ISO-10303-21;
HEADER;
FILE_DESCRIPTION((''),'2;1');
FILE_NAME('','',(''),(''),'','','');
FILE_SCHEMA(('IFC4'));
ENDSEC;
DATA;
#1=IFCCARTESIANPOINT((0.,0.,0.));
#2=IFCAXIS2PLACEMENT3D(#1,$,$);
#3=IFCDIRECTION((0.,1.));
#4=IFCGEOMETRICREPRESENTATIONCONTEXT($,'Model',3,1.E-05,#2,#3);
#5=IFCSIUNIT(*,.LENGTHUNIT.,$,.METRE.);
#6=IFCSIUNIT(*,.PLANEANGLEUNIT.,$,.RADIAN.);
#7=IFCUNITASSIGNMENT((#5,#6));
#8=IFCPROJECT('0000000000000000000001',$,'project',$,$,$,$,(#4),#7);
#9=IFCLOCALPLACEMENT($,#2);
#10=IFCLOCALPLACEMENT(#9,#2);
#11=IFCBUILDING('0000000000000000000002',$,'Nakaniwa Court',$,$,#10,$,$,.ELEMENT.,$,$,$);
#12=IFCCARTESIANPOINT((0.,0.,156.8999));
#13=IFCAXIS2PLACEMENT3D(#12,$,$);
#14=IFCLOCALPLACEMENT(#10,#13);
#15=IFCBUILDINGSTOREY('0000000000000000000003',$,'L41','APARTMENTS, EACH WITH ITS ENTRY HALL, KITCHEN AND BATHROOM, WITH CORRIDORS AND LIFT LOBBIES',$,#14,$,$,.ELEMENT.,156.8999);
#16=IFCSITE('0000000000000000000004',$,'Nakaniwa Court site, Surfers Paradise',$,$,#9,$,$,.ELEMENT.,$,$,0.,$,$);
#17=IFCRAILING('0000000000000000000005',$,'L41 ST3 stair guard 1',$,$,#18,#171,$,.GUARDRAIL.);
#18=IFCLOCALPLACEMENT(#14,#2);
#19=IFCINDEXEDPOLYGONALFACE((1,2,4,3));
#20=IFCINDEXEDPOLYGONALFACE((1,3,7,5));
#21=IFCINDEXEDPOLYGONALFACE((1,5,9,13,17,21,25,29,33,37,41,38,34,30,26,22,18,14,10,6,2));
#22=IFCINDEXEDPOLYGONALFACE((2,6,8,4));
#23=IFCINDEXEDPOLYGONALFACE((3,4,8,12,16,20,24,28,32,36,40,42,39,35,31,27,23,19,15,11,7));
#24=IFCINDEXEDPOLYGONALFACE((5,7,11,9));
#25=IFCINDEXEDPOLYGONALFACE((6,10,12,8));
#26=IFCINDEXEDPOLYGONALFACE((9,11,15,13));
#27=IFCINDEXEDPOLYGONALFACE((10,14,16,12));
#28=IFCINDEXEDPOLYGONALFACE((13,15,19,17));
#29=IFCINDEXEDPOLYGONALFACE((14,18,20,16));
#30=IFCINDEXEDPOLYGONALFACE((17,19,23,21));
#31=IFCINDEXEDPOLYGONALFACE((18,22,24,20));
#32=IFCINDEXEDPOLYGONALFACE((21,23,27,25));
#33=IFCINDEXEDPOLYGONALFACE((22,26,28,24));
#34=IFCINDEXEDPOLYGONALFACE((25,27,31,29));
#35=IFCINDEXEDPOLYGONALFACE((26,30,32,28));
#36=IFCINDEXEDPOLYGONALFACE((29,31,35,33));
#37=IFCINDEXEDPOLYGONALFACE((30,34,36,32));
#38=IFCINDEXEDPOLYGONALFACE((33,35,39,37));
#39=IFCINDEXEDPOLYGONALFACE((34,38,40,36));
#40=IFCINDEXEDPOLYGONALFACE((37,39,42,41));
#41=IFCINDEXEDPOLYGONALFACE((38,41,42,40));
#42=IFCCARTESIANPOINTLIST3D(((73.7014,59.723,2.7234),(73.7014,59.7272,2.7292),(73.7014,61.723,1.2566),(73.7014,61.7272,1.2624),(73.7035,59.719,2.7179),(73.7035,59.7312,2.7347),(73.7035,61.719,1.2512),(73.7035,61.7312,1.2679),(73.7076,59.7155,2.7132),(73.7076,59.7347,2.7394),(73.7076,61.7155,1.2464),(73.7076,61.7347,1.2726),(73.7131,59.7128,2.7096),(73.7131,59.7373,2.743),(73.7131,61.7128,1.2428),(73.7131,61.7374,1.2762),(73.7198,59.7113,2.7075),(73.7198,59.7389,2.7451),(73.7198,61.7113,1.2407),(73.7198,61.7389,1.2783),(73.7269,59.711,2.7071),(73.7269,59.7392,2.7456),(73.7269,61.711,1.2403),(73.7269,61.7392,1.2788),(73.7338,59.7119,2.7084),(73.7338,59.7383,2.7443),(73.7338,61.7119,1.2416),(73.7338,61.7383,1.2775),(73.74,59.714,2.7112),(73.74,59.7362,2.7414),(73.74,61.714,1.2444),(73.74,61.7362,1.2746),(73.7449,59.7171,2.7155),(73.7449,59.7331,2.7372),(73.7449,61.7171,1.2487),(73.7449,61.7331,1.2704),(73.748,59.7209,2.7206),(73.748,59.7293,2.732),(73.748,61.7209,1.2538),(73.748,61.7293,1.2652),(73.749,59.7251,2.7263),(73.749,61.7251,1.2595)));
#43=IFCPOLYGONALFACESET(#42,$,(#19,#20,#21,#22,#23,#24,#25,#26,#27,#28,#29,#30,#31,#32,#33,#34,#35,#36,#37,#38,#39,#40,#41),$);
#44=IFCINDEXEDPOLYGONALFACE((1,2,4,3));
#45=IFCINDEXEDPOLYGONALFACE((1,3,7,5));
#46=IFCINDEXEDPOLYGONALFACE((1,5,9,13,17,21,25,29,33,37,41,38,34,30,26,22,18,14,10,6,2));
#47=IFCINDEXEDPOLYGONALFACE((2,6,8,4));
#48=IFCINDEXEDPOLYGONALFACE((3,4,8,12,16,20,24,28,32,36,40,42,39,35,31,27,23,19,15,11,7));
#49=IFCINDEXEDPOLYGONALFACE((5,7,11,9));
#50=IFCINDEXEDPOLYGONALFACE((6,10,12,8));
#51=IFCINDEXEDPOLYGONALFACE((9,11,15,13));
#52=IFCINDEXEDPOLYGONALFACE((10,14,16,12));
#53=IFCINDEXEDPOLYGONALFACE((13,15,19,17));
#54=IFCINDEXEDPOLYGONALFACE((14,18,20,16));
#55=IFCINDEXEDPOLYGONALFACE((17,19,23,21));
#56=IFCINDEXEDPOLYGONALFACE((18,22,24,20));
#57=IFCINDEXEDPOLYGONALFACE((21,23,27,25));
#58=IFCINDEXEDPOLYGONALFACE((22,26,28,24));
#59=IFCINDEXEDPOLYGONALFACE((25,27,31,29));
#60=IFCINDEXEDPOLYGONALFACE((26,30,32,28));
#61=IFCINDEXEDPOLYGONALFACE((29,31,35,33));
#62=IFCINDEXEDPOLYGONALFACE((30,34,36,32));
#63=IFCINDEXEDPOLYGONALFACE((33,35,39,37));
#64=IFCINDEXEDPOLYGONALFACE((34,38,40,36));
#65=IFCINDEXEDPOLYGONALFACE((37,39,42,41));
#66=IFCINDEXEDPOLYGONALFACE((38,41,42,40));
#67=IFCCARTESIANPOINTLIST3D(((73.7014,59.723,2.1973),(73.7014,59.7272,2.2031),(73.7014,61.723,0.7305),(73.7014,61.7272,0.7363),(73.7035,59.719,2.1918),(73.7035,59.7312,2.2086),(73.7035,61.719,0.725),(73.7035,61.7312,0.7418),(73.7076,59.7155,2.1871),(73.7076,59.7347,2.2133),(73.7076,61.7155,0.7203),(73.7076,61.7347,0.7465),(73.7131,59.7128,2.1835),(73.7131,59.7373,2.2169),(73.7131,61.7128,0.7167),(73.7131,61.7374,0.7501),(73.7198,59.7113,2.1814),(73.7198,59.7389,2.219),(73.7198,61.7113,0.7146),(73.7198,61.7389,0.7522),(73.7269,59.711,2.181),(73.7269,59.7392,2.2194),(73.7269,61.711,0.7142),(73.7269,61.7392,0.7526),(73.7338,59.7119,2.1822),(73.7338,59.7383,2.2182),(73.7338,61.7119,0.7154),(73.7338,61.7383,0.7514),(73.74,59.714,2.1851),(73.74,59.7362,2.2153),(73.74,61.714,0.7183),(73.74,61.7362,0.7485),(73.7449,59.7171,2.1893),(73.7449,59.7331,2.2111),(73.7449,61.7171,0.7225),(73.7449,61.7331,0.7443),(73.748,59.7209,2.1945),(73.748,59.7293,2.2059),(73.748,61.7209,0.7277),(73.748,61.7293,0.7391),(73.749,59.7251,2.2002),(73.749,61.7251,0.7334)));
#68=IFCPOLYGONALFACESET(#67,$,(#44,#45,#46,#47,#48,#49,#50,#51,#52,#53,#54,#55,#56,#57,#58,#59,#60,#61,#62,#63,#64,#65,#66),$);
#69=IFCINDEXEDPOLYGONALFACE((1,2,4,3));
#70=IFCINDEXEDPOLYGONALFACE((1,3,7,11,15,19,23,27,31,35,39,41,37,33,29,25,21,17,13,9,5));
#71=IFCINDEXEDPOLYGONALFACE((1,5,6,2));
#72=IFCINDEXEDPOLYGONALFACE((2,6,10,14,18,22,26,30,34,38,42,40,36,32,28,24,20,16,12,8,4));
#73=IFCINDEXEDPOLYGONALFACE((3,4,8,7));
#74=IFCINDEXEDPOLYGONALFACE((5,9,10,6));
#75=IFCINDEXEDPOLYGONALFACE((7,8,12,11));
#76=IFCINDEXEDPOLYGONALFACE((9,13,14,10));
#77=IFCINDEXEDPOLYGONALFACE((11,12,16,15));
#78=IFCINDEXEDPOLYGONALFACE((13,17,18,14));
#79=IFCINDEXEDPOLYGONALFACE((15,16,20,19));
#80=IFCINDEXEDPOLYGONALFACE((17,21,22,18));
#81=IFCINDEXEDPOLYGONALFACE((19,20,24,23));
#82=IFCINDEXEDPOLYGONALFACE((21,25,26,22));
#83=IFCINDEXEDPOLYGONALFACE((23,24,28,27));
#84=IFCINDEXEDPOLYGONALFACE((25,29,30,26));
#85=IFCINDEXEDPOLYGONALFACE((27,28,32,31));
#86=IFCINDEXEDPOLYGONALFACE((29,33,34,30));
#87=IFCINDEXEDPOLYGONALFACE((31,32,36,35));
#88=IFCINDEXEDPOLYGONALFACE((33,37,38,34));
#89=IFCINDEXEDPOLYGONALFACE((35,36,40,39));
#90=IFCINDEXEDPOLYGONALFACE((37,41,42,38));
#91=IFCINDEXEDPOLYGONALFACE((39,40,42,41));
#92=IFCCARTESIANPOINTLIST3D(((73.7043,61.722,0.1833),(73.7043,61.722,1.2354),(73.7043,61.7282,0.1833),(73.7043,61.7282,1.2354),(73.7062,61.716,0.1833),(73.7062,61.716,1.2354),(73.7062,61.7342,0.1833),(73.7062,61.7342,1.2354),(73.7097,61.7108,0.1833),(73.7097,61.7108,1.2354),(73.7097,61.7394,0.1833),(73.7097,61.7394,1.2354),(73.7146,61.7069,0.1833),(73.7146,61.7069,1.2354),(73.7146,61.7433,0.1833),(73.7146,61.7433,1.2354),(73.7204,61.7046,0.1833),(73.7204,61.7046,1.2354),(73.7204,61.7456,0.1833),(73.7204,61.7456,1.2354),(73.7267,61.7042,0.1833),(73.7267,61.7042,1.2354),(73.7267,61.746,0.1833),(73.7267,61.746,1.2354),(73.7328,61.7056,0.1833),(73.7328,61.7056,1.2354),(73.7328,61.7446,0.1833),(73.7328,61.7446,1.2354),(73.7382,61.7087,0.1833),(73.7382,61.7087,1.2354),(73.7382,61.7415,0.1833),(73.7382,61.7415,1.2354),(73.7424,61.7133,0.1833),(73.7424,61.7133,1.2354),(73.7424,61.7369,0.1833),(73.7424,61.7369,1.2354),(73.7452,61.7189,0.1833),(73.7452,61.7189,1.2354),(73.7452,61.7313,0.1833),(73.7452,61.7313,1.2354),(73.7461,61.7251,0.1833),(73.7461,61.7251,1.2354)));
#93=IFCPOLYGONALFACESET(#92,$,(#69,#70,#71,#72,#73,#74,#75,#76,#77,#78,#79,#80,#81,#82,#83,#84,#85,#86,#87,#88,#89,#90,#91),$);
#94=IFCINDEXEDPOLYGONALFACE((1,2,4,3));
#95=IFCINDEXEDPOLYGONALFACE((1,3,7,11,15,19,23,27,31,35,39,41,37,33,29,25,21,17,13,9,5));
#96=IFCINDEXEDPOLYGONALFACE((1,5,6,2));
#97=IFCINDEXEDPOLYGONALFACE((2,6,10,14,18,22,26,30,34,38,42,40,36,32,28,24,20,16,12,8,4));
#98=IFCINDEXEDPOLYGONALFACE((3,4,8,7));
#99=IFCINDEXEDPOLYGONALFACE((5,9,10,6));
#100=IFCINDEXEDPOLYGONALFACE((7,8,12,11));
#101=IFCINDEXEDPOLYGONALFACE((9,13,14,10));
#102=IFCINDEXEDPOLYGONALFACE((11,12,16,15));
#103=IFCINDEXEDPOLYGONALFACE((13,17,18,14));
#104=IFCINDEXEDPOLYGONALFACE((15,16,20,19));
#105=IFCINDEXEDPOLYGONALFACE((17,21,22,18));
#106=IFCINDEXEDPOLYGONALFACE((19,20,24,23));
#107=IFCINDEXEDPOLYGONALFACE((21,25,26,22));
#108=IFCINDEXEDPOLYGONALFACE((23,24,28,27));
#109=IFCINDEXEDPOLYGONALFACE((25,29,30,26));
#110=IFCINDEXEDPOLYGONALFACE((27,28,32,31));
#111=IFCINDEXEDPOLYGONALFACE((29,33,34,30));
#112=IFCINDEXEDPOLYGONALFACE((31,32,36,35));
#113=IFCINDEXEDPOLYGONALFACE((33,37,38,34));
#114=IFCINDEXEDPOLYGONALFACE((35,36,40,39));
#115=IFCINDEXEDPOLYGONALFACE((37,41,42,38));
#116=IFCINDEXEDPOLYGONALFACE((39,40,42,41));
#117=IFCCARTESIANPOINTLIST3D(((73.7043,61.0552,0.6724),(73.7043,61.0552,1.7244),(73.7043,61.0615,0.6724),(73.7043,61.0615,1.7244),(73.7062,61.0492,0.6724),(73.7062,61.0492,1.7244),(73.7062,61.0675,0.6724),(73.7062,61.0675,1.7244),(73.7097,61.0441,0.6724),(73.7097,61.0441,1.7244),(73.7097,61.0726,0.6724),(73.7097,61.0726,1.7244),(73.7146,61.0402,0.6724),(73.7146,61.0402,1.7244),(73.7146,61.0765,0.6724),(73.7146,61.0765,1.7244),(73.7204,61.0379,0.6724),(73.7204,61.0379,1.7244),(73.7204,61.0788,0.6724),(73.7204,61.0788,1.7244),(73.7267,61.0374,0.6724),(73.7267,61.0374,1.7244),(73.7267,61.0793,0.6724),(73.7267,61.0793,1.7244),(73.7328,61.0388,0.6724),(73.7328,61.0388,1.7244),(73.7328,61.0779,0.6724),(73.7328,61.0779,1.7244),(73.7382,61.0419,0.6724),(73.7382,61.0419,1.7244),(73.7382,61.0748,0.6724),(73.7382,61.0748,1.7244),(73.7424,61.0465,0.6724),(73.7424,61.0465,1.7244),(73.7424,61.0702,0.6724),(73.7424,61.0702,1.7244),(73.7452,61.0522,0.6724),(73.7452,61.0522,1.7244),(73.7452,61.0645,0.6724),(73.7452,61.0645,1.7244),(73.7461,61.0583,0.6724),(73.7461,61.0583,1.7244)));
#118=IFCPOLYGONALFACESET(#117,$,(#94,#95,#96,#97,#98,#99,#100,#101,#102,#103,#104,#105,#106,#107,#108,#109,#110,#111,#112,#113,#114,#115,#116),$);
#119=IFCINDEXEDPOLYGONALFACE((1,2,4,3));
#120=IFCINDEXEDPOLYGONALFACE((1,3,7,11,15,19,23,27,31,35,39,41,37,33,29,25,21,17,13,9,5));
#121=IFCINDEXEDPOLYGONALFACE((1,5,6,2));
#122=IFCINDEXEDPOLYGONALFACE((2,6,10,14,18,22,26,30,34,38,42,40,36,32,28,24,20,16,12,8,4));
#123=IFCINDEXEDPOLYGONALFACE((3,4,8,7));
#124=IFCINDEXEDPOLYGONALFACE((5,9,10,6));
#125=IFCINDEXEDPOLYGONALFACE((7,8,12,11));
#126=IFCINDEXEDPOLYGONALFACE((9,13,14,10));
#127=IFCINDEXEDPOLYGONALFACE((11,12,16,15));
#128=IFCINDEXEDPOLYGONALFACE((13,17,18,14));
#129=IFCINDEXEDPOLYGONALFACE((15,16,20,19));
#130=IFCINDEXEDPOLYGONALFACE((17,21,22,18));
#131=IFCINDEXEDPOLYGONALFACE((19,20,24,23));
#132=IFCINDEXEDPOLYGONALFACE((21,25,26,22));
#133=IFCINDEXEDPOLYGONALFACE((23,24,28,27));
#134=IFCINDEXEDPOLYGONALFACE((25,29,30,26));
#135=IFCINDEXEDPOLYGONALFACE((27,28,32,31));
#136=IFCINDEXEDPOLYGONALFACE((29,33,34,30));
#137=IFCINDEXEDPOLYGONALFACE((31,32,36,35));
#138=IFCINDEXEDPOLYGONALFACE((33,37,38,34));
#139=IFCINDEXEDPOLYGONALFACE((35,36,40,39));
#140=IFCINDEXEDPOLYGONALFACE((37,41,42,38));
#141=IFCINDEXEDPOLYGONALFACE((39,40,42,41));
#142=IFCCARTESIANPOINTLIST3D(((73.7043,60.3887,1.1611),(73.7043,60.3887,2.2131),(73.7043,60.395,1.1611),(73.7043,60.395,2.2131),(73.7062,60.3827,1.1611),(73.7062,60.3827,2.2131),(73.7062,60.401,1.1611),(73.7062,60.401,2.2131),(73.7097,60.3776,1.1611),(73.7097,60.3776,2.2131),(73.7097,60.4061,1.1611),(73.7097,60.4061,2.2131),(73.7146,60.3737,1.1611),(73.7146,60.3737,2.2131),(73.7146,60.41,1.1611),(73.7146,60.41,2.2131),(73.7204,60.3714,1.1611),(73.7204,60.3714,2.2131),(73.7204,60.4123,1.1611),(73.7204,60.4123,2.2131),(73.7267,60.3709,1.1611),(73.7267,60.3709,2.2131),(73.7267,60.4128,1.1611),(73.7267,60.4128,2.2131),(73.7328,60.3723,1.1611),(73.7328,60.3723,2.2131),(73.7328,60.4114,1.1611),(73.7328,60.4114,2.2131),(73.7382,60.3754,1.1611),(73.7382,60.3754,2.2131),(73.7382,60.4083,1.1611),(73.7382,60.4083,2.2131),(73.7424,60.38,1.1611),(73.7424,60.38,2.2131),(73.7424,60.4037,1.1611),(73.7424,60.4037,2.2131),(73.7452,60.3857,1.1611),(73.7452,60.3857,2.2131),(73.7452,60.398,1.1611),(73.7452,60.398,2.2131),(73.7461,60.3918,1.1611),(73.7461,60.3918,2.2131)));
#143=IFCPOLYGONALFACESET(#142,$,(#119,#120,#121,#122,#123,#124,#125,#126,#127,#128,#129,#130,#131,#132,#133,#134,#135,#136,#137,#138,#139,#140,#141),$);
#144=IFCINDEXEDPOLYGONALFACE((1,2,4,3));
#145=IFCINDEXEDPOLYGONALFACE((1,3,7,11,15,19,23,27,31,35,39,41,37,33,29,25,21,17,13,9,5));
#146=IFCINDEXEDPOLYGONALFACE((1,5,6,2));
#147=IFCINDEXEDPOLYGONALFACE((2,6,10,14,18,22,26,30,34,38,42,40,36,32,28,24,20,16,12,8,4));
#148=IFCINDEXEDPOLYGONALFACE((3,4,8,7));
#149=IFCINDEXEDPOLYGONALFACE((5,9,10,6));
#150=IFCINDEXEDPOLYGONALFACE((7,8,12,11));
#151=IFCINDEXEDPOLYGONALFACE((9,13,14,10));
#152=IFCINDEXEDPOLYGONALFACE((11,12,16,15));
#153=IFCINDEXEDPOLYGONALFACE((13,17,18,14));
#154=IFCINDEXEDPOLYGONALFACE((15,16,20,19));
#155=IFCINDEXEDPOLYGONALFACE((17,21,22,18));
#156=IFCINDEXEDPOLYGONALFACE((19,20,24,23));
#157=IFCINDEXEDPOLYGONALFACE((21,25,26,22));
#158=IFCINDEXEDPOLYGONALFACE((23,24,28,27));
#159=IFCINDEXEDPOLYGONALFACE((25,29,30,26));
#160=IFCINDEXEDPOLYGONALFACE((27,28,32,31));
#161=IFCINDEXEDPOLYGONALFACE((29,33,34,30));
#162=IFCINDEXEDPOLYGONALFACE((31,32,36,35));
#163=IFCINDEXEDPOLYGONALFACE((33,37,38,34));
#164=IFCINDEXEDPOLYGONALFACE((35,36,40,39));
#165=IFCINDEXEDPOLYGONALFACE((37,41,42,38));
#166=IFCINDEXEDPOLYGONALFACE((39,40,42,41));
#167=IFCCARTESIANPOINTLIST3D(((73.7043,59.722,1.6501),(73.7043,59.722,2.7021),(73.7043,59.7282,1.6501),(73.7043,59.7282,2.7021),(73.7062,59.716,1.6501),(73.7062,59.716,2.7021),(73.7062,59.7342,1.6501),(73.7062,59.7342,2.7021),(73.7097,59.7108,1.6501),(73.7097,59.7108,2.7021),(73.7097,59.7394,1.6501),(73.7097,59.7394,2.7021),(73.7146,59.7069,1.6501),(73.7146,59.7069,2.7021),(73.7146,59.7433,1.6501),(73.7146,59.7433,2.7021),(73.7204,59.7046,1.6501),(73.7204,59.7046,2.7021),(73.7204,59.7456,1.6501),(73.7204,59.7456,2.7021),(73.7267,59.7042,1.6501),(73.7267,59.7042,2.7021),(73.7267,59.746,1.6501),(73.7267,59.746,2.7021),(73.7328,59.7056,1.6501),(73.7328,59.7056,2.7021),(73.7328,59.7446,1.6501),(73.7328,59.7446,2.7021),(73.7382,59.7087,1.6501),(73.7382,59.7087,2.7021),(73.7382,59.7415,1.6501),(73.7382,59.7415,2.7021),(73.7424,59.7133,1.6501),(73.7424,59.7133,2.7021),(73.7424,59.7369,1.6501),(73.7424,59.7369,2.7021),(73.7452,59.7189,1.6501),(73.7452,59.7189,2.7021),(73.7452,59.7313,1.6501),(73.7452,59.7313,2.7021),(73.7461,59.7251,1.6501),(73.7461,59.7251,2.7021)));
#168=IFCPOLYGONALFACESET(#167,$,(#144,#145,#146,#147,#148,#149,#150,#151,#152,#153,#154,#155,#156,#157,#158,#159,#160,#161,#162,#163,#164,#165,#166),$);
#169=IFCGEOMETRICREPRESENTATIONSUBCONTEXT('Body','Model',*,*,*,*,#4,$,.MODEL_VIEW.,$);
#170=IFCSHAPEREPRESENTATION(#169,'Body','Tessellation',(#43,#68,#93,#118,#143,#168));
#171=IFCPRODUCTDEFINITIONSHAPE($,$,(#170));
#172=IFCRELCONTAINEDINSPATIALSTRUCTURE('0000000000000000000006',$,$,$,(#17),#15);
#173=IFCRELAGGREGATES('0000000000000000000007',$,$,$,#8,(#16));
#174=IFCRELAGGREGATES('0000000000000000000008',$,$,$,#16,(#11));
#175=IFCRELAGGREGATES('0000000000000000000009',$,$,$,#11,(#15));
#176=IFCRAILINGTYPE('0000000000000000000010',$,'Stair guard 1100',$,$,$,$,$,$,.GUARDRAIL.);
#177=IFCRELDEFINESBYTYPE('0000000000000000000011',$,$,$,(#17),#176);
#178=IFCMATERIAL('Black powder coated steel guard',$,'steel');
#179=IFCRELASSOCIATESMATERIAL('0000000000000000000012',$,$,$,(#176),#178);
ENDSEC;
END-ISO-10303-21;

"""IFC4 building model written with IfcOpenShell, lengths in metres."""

from ifc_helpers import new_model, si_unit, direction, frame, origin, origin_2d, place, context, subcontext, project, spatial, circle, extrude, material, type_object, element, save


model = new_model("IFC4")

# Units and contexts
model_context = context("Model", 3, precision=1e-05, world=origin(), true_north=direction((0.0, 1.0)))
body_context = subcontext(model_context, "Body", "Model", "MODEL_VIEW")
ifc_project = project(units=[si_unit("LENGTHUNIT", "METRE"), si_unit("PLANEANGLEUNIT", "RADIAN")], contexts=[model_context])

# Site, building, storey
site_placement = place(None, origin())
site = spatial("IfcSite", under=ifc_project, at=site_placement, Name="Nakaniwa Court site, Surfers Paradise", CompositionType="ELEMENT", RefElevation=0.0)
building_placement = place(site_placement, origin())
building = spatial("IfcBuilding", under=site, at=building_placement, Name="Nakaniwa Court", CompositionType="ELEMENT")
storey_placement = place(building_placement, frame((0.0, 0.0, 156.8999)))
storey = spatial("IfcBuildingStorey", under=building, at=storey_placement, Name="L41", Description="APARTMENTS, EACH WITH ITS ENTRY HALL, KITCHEN AND BATHROOM, WITH CORRIDORS AND LIFT LOBBIES", CompositionType="ELEMENT", Elevation=156.8999)

# Railing
ifc_material_1 = material(Name="Black powder coated steel guard", Category="steel")
railing_type_1 = type_object("IfcRailingType", Name="Stair guard 1100", PredefinedType="GUARDRAIL", material=ifc_material_1)
railing_1_placement = place(storey_placement, frame((73.7251, 61.7251, 0.1833)))
element("IfcRailing", 1, at=railing_1_placement, inside=storey, type_object=railing_type_1, Name="L41 ST3 stair guard 1", PredefinedType="GUARDRAIL", context=body_context, shape_type="SweptSolid", body=[
    extrude(circle(Radius=0.0239, at=origin_2d()), frame((0.0, 0.0, 1.0762), z_axis=(0.0, -0.80638, 0.591398), x_axis=(1.0, 0.0, 0.0)), (0.0, 0.0, 1.0), 2.4802),
    extrude(circle(Radius=0.0239, at=origin_2d()), frame((0.0, 0.0, 0.55), z_axis=(0.0, -0.80638, 0.591398), x_axis=(1.0, 0.0, 0.0)), (0.0, 0.0, 1.0), 2.4802),
    extrude(circle(Radius=0.021, at=origin_2d()), origin(), (0.0, 0.0, 1.0), 1.052),
    extrude(circle(Radius=0.021, at=origin_2d()), frame((0.0, -0.6667, 0.489)), (0.0, 0.0, 1.0), 1.052),
    extrude(circle(Radius=0.021, at=origin_2d()), frame((0.0, -1.3333, 0.9778)), (0.0, 0.0, 1.0), 1.052),
    extrude(circle(Radius=0.021, at=origin_2d()), frame((0.0, -2.0, 1.4668)), (0.0, 0.0, 1.0), 1.052),
])

save(model, "model.ifc")
